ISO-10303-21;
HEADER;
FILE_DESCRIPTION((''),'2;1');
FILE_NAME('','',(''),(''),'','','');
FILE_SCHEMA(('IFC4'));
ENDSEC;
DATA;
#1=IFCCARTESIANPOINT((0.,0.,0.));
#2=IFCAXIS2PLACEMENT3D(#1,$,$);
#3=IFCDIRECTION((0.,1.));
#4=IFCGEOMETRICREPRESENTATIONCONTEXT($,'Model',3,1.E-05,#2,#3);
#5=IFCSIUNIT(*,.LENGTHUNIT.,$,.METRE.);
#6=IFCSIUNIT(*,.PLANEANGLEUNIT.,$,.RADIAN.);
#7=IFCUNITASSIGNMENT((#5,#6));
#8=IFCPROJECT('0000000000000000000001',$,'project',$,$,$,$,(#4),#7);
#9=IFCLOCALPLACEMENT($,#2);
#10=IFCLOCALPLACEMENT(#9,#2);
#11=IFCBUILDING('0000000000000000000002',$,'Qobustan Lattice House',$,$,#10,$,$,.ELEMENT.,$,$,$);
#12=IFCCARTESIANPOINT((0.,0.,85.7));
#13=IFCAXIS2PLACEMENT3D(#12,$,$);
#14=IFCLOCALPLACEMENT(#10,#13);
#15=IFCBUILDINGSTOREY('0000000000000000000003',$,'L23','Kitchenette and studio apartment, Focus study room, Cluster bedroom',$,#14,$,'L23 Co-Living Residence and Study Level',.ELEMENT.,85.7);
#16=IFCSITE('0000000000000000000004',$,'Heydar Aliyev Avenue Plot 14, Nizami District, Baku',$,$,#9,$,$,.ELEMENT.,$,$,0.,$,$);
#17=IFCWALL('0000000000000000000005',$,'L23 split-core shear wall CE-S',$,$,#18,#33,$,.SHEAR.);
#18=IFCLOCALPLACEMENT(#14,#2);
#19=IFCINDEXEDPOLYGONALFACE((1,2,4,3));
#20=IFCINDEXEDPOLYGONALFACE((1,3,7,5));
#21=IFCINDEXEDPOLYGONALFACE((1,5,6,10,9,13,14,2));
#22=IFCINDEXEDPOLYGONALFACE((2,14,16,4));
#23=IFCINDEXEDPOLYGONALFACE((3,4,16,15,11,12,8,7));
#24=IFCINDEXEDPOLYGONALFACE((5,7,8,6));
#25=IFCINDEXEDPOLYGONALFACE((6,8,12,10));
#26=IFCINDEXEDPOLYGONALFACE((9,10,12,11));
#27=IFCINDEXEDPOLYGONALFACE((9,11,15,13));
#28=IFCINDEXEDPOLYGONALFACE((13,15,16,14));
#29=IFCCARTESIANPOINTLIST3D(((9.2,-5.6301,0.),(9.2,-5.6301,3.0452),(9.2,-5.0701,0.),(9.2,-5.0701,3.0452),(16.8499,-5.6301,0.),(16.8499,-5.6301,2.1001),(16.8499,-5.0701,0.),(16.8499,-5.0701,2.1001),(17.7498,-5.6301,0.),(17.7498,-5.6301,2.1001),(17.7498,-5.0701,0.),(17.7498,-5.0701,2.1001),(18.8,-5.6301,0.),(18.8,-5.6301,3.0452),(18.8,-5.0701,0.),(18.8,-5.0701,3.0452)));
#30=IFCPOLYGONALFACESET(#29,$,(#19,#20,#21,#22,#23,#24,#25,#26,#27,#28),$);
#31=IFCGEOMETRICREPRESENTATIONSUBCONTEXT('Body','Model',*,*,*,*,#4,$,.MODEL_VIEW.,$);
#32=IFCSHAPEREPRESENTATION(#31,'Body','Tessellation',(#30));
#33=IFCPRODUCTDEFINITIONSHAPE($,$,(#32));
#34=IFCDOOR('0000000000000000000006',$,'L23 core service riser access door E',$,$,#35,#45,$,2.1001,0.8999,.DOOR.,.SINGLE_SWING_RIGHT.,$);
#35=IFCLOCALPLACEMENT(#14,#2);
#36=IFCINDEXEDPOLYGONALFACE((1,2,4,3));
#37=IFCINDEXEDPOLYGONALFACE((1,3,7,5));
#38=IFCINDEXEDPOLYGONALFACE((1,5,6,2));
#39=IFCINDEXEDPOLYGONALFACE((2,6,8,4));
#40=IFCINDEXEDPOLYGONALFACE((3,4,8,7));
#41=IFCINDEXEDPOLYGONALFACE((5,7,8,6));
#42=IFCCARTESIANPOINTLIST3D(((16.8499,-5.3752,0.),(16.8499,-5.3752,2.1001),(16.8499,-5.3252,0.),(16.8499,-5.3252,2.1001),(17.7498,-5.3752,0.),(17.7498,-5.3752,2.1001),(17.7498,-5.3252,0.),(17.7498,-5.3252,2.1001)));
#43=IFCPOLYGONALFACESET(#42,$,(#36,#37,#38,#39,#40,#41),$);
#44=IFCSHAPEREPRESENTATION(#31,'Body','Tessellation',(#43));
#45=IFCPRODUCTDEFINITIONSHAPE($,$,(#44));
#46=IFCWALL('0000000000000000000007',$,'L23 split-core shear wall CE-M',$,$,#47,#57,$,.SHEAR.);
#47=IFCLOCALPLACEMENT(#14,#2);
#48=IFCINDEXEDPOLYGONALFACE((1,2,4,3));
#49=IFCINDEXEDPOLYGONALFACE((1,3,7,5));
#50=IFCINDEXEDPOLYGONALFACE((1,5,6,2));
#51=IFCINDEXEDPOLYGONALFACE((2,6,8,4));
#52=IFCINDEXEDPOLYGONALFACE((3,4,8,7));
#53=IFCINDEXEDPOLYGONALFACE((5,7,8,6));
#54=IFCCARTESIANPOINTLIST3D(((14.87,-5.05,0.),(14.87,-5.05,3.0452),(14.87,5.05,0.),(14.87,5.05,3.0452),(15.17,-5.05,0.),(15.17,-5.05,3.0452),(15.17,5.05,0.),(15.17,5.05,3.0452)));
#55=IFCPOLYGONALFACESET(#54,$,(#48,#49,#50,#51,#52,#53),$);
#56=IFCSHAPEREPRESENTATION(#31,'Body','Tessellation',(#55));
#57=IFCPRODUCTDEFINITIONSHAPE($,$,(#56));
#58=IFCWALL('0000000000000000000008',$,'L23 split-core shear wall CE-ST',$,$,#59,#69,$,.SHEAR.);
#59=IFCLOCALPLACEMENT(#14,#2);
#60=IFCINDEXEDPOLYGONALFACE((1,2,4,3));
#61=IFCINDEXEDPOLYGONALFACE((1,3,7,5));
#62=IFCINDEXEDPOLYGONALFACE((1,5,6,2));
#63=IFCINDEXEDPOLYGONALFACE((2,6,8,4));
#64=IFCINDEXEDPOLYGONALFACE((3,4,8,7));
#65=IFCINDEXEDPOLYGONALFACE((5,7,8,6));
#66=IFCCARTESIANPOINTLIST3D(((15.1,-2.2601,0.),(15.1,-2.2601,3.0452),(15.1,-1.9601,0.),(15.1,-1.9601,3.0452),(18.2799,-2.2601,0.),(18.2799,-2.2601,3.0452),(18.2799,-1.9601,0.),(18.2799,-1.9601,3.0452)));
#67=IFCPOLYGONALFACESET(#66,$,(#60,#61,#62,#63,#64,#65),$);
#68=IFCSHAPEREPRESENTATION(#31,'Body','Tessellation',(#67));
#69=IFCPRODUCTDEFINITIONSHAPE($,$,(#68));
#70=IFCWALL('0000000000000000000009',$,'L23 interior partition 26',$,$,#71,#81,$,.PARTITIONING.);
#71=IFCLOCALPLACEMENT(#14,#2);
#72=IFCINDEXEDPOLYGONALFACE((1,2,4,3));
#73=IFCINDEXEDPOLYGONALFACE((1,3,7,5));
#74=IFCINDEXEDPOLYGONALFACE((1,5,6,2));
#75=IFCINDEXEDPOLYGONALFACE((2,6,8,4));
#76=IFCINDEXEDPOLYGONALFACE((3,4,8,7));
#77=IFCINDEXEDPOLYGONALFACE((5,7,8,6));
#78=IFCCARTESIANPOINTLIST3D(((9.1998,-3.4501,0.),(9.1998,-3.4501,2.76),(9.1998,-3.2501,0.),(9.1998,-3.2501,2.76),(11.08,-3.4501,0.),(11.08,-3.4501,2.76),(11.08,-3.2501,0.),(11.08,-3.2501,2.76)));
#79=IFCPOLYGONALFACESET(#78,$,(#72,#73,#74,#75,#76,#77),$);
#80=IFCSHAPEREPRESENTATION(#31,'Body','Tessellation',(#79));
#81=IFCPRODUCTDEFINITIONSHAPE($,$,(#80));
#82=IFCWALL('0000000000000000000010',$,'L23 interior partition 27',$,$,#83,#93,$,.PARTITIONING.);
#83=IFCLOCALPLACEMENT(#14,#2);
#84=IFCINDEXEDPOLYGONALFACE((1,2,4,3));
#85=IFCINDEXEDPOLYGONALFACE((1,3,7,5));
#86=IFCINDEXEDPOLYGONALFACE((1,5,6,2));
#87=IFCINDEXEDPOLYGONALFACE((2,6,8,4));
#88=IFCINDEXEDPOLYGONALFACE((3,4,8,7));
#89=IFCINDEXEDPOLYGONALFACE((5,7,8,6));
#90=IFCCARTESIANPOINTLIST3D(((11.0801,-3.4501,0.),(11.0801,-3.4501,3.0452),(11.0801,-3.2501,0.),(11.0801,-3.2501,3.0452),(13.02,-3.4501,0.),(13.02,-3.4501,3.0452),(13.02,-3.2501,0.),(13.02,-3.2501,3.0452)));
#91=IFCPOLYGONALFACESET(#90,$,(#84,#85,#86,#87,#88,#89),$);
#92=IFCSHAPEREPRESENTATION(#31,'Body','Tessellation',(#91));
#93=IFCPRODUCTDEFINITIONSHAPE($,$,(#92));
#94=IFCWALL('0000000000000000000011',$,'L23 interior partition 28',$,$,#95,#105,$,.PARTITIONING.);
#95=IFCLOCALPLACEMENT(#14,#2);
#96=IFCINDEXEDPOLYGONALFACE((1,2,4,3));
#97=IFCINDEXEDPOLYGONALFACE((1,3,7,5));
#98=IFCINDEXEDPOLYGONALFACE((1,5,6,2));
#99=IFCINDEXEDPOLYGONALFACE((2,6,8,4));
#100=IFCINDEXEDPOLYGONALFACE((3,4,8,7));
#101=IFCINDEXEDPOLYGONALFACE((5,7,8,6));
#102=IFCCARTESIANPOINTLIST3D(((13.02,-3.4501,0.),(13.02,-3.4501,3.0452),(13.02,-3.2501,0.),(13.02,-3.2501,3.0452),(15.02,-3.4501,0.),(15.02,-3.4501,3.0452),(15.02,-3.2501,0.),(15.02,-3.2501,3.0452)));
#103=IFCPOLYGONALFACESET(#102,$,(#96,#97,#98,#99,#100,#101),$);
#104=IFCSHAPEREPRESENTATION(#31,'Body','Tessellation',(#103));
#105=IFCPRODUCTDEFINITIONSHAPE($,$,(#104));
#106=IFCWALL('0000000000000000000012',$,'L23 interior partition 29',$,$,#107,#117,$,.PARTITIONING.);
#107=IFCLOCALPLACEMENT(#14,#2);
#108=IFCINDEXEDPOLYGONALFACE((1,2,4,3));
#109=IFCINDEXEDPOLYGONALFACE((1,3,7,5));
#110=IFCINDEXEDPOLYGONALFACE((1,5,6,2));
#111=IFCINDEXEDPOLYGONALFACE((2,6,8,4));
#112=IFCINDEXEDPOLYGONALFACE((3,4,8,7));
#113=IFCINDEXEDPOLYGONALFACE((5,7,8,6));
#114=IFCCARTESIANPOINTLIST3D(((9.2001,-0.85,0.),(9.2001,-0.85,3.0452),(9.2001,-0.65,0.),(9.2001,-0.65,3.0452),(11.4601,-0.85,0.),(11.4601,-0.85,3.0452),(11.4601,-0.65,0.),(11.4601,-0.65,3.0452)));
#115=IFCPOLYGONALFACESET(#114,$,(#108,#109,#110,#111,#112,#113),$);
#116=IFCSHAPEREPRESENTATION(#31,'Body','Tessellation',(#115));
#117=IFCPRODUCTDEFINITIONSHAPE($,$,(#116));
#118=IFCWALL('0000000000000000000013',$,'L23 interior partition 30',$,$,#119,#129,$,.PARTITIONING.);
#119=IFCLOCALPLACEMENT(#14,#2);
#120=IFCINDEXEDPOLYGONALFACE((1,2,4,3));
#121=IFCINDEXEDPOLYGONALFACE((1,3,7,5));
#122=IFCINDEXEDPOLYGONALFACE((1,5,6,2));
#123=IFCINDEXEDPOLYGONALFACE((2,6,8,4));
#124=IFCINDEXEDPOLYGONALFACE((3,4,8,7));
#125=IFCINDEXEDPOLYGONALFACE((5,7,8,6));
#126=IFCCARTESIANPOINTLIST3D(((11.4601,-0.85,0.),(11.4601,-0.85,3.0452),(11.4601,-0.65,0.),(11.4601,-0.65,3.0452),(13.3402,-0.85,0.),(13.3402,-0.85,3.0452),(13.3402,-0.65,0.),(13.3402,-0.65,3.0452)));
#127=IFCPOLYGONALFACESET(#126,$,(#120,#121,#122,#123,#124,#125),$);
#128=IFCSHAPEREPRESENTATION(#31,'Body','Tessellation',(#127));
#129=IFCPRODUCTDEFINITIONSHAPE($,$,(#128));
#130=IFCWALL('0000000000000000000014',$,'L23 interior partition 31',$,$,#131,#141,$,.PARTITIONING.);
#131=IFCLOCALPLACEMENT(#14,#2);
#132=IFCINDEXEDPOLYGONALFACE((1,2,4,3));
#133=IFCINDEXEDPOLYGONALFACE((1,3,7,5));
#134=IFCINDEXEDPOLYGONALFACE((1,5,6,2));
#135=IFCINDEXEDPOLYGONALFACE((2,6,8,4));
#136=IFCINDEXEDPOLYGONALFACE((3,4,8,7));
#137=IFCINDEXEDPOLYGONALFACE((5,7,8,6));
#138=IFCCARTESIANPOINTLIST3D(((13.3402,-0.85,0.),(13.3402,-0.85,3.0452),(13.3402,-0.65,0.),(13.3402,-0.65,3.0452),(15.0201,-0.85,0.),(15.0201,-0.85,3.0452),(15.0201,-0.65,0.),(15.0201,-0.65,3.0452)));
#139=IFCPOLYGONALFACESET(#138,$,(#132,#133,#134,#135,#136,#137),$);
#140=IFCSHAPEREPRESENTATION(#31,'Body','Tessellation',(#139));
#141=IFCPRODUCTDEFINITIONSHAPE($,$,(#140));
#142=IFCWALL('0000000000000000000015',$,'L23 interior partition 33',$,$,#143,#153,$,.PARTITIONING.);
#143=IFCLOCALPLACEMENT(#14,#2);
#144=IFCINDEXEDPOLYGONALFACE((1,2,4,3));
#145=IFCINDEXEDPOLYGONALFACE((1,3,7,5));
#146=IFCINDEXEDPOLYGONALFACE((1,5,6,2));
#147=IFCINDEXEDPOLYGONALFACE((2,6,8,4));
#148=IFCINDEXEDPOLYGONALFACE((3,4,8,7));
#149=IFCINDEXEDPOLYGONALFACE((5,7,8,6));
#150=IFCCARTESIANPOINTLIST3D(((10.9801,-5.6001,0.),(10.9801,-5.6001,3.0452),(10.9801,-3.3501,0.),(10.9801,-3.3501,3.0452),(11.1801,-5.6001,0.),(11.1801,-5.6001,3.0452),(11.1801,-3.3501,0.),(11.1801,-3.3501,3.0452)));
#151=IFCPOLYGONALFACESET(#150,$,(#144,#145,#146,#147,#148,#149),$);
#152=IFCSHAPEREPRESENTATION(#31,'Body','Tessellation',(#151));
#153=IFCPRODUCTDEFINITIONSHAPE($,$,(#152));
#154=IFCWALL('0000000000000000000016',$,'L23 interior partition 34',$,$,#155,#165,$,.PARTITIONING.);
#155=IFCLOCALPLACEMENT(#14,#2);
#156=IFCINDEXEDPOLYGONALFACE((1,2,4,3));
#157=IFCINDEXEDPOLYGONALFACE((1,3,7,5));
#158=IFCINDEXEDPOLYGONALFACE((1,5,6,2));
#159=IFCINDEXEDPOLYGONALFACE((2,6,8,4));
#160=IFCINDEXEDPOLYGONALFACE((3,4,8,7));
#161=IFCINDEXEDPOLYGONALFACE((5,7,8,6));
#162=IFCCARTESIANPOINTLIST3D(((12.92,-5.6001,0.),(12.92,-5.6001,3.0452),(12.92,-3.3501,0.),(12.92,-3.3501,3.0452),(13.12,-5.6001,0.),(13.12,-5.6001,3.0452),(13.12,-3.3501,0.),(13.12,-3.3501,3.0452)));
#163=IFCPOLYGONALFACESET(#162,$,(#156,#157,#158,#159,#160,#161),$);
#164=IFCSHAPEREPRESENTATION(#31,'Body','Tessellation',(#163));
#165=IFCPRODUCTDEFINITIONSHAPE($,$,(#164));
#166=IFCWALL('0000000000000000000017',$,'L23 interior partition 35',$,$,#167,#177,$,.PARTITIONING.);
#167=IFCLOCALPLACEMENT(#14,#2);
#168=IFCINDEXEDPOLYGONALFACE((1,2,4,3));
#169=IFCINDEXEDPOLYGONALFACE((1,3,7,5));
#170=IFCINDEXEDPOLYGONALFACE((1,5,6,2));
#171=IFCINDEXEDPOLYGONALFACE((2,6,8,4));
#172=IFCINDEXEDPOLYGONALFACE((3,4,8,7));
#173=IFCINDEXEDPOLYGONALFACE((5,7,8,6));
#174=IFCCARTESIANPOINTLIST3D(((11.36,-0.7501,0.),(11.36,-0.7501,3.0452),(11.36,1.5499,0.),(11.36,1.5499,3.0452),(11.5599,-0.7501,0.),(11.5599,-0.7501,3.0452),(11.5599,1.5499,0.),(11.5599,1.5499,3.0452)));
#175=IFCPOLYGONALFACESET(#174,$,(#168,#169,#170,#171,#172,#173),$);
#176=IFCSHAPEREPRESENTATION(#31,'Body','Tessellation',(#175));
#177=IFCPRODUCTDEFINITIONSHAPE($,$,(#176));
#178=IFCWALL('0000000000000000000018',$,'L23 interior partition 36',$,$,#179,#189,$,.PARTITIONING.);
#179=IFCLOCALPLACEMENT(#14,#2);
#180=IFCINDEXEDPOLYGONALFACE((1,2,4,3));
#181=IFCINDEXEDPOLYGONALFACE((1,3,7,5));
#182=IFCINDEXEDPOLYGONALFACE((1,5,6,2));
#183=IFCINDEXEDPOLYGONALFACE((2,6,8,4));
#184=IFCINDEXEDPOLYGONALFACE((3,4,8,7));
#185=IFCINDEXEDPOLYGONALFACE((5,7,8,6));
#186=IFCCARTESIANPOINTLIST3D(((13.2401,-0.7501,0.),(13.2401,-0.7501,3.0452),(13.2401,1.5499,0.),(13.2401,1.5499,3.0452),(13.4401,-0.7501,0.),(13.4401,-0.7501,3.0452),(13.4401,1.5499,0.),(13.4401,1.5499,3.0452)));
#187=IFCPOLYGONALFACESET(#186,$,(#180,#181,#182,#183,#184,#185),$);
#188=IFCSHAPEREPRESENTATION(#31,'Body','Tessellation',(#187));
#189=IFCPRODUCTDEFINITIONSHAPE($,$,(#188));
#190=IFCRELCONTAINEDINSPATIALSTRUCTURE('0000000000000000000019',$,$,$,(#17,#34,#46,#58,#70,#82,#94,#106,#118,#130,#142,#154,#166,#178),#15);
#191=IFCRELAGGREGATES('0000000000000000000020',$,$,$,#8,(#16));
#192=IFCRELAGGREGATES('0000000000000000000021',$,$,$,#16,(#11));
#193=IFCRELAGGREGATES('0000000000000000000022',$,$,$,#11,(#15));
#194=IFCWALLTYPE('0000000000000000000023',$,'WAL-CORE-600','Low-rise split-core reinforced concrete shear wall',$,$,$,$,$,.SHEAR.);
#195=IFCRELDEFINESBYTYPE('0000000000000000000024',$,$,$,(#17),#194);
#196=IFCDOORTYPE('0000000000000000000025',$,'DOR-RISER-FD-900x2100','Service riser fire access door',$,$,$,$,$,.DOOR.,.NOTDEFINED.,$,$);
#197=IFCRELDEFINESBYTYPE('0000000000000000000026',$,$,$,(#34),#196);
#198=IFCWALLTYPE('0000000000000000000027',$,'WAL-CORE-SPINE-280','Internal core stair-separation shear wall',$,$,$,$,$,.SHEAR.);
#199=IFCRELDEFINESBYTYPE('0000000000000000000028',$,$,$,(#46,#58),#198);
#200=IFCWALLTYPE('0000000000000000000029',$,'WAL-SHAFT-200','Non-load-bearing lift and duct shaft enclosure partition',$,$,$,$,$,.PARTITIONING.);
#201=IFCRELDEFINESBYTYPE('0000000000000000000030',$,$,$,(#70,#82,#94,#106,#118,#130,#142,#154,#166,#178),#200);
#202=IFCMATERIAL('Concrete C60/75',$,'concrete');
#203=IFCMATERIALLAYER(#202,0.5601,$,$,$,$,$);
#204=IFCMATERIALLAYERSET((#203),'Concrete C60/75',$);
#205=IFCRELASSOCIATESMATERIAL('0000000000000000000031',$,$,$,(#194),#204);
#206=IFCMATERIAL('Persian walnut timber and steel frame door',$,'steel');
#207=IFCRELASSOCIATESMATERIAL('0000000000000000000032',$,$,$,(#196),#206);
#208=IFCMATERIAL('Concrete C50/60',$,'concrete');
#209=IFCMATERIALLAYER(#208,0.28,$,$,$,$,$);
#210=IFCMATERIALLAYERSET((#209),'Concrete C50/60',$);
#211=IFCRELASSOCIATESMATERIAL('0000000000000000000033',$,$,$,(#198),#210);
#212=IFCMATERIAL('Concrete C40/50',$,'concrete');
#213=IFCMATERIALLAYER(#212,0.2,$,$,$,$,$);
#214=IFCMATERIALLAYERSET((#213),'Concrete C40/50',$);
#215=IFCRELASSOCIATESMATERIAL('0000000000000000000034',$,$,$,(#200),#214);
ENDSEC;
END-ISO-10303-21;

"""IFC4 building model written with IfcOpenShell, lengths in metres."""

from ifc_helpers import new_model, si_unit, direction, frame, frame_2d, origin, place, context, subcontext, project, spatial, rectangle, extrude, material, layer, layer_set, type_object, element, fill, save


model = new_model("IFC4")

# Units and contexts
model_context = context("Model", 3, precision=1e-05, world=origin(), true_north=direction((0.0, 1.0)))
body_context = subcontext(model_context, "Body", "Model", "MODEL_VIEW")
ifc_project = project(units=[si_unit("LENGTHUNIT", "METRE"), si_unit("PLANEANGLEUNIT", "RADIAN")], contexts=[model_context])

# Site, building, storey
site_placement = place(None, origin())
site = spatial("IfcSite", under=ifc_project, at=site_placement, Name="Heydar Aliyev Avenue Plot 14, Nizami District, Baku", CompositionType="ELEMENT", RefElevation=0.0)
building_placement = place(site_placement, origin())
building = spatial("IfcBuilding", under=site, at=building_placement, Name="Qobustan Lattice House", CompositionType="ELEMENT")
storey_placement = place(building_placement, frame((0.0, 0.0, 85.7)))
storey = spatial("IfcBuildingStorey", under=building, at=storey_placement, Name="L23", Description="Kitchenette and studio apartment, Focus study room, Cluster bedroom", LongName="L23 Co-Living Residence and Study Level", CompositionType="ELEMENT", Elevation=85.7)

# Wall, opening, door
ifc_material_1 = material(Name="Concrete C60/75", Category="concrete")
ifc_layer_1 = layer(ifc_material_1, 0.5601)
ifc_layer_set_1 = layer_set([ifc_layer_1], Name="Concrete C60/75")
wall_type_1 = type_object("IfcWallType", Name="WAL-CORE-600", Description="Low-rise split-core reinforced concrete shear wall", PredefinedType="SHEAR", material=ifc_layer_set_1)
wall_1_placement = place(storey_placement, frame((9.2, -5.3501, 0.0), z_axis=(0.0, 0.0, 1.0), x_axis=(1.0, 0.0, 0.0)))
wall_1 = element("IfcWall", 1, at=wall_1_placement, inside=storey, type_object=wall_type_1, Name="L23 split-core shear wall CE-S", PredefinedType="SHEAR", context=body_context, shape_type="SweptSolid", body=[
    extrude(rectangle(XDim=9.6001, YDim=0.5601, at=frame_2d((4.8, 0.0))), origin(), (0.0, 0.0, 1.0), 3.0452),
])
opening_1_placement = place(wall_1_placement, frame((7.6499, 0.0, 0.0)))
opening_1 = element("IfcOpeningElement", 2, at=opening_1_placement, cuts=wall_1, PredefinedType="OPENING", context=body_context, shape_type="SweptSolid", body=[
    extrude(rectangle(XDim=0.8999, YDim=2.1001, at=frame_2d((0.45, 1.05))), frame((0.0, 0.29, 0.0), z_axis=(0.0, -1.0, 0.0), x_axis=(1.0, 0.0, 0.0)), (0.0, 0.0, 1.0), 0.5801),
])
ifc_material_2 = material(Name="Persian walnut timber and steel frame door", Category="steel")
door_type_1 = type_object("IfcDoorType", Name="DOR-RISER-FD-900x2100", Description="Service riser fire access door", OperationType="NOTDEFINED", PredefinedType="DOOR", material=ifc_material_2)
door_1_placement = place(opening_1_placement, origin())
door_1 = element("IfcDoor", 3, at=door_1_placement, inside=storey, type_object=door_type_1, Name="L23 core service riser access door E", OperationType="SINGLE_SWING_RIGHT", OverallHeight=2.1001, OverallWidth=0.8999, PredefinedType="DOOR", context=body_context, shape_type="SweptSolid", body=[
    extrude(rectangle(XDim=0.8999, YDim=2.1001, at=frame_2d((0.45, 1.05))), frame((0.0, 0.0249, 0.0), z_axis=(0.0, -1.0, 0.0), x_axis=(1.0, 0.0, 0.0)), (0.0, 0.0, 1.0), 0.05),
])
fill(opening_1, door_1)

# Walls
ifc_material_3 = material(Name="Concrete C50/60", Category="concrete")
ifc_layer_2 = layer(ifc_material_3, 0.28)
ifc_layer_set_2 = layer_set([ifc_layer_2], Name="Concrete C50/60")
wall_type_2 = type_object("IfcWallType", Name="WAL-CORE-SPINE-280", Description="Internal core stair-separation shear wall", PredefinedType="SHEAR", material=ifc_layer_set_2)
wall_2_placement = place(storey_placement, frame((15.02, -5.05, 0.0), z_axis=(0.0, 0.0, 1.0), x_axis=(0.0, 1.0, 0.0)))
element("IfcWall", 4, at=wall_2_placement, inside=storey, type_object=wall_type_2, Name="L23 split-core shear wall CE-M", PredefinedType="SHEAR", context=body_context, shape_type="SweptSolid", body=[
    extrude(rectangle(XDim=10.1001, YDim=0.3, at=frame_2d((5.05, 0.0))), origin(), (0.0, 0.0, 1.0), 3.0452),
])
wall_3_placement = place(storey_placement, frame((15.1001, -2.1101, 0.0), z_axis=(0.0, 0.0, 1.0), x_axis=(1.0, 0.0, 0.0)))
element("IfcWall", 5, at=wall_3_placement, inside=storey, type_object=wall_type_2, Name="L23 split-core shear wall CE-ST", PredefinedType="SHEAR", context=body_context, shape_type="SweptSolid", body=[
    extrude(rectangle(XDim=3.1799, YDim=0.3, at=frame_2d((1.5898, 0.0))), origin(), (0.0, 0.0, 1.0), 3.0452),
])
ifc_material_4 = material(Name="Concrete C40/50", Category="concrete")
ifc_layer_3 = layer(ifc_material_4, 0.2)
ifc_layer_set_3 = layer_set([ifc_layer_3], Name="Concrete C40/50")
wall_type_3 = type_object("IfcWallType", Name="WAL-SHAFT-200", Description="Non-load-bearing lift and duct shaft enclosure partition", PredefinedType="PARTITIONING", material=ifc_layer_set_3)
wall_4_placement = place(storey_placement, frame((9.2, -3.3501, 0.0), z_axis=(0.0, 0.0, 1.0), x_axis=(1.0, 0.0, 0.0)))
element("IfcWall", 6, at=wall_4_placement, inside=storey, type_object=wall_type_3, Name="L23 interior partition 26", PredefinedType="PARTITIONING", context=body_context, shape_type="SweptSolid", body=[
    extrude(rectangle(XDim=1.8801, YDim=0.2, at=frame_2d((0.9399, 0.0))), origin(), (0.0, 0.0, 1.0), 2.76),
])
wall_5_placement = place(storey_placement, frame((11.0801, -3.3501, 0.0), z_axis=(0.0, 0.0, 1.0), x_axis=(1.0, 0.0, 0.0)))
element("IfcWall", 7, at=wall_5_placement, inside=storey, type_object=wall_type_3, Name="L23 interior partition 27", PredefinedType="PARTITIONING", context=body_context, shape_type="SweptSolid", body=[
    extrude(rectangle(XDim=1.9399, YDim=0.2, at=frame_2d((0.97, 0.0))), origin(), (0.0, 0.0, 1.0), 3.0452),
])
wall_6_placement = place(storey_placement, frame((13.02, -3.3501, 0.0), z_axis=(0.0, 0.0, 1.0), x_axis=(1.0, 0.0, 0.0)))
element("IfcWall", 8, at=wall_6_placement, inside=storey, type_object=wall_type_3, Name="L23 interior partition 28", PredefinedType="PARTITIONING", context=body_context, shape_type="SweptSolid", body=[
    extrude(rectangle(XDim=2.0, YDim=0.2, at=frame_2d((1.0, 0.0))), origin(), (0.0, 0.0, 1.0), 3.0452),
])
wall_7_placement = place(storey_placement, frame((11.46, -0.75, 0.0), z_axis=(0.0, 0.0, 1.0), x_axis=(-1.0, 0.0, 0.0)))
element("IfcWall", 9, at=wall_7_placement, inside=storey, type_object=wall_type_3, Name="L23 interior partition 29", PredefinedType="PARTITIONING", context=body_context, shape_type="SweptSolid", body=[
    extrude(rectangle(XDim=2.26, YDim=0.2, at=frame_2d((1.1299, 0.0))), origin(), (0.0, 0.0, 1.0), 3.0452),
])
wall_8_placement = place(storey_placement, frame((13.3401, -0.75, 0.0), z_axis=(0.0, 0.0, 1.0), x_axis=(-1.0, 0.0, 0.0)))
element("IfcWall", 10, at=wall_8_placement, inside=storey, type_object=wall_type_3, Name="L23 interior partition 30", PredefinedType="PARTITIONING", context=body_context, shape_type="SweptSolid", body=[
    extrude(rectangle(XDim=1.8801, YDim=0.2, at=frame_2d((0.9399, 0.0))), origin(), (0.0, 0.0, 1.0), 3.0452),
])
wall_9_placement = place(storey_placement, frame((15.02, -0.75, 0.0), z_axis=(0.0, 0.0, 1.0), x_axis=(-1.0, 0.0, 0.0)))
element("IfcWall", 11, at=wall_9_placement, inside=storey, type_object=wall_type_3, Name="L23 interior partition 31", PredefinedType="PARTITIONING", context=body_context, shape_type="SweptSolid", body=[
    extrude(rectangle(XDim=1.6799, YDim=0.2, at=frame_2d((0.8398, 0.0))), origin(), (0.0, 0.0, 1.0), 3.0452),
])
for number, where, z_axis, x_axis, name in (
    (12, (11.0801, -5.6001, 0.0), (0.0, 0.0, 1.0), (0.0, 1.0, 0.0), "L23 interior partition 33"),
    (13, (13.02, -5.6001, 0.0), (0.0, 0.0, 1.0), (0.0, 1.0, 0.0), "L23 interior partition 34"),
):
    element("IfcWall", number, at=place(storey_placement, frame(where, z_axis=z_axis, x_axis=x_axis)), inside=storey, type_object=wall_type_3, Name=name, PredefinedType="PARTITIONING", context=body_context, shape_type="SweptSolid", body=[
        extrude(rectangle(XDim=2.25, YDim=0.2, at=frame_2d((1.125, 0.0))), origin(), (0.0, 0.0, 1.0), 3.0452),
    ])
for number, where, z_axis, x_axis, name in (
    (14, (11.46, -0.75, 0.0), (0.0, 0.0, 1.0), (0.0, 1.0, 0.0), "L23 interior partition 35"),
    (15, (13.3401, -0.75, 0.0), (0.0, 0.0, 1.0), (0.0, 1.0, 0.0), "L23 interior partition 36"),
):
    element("IfcWall", number, at=place(storey_placement, frame(where, z_axis=z_axis, x_axis=x_axis)), inside=storey, type_object=wall_type_3, Name=name, PredefinedType="PARTITIONING", context=body_context, shape_type="SweptSolid", body=[
        extrude(rectangle(XDim=2.3, YDim=0.2, at=frame_2d((1.1499, 0.0))), origin(), (0.0, 0.0, 1.0), 3.0452),
    ])

save(model, "model.ifc")
